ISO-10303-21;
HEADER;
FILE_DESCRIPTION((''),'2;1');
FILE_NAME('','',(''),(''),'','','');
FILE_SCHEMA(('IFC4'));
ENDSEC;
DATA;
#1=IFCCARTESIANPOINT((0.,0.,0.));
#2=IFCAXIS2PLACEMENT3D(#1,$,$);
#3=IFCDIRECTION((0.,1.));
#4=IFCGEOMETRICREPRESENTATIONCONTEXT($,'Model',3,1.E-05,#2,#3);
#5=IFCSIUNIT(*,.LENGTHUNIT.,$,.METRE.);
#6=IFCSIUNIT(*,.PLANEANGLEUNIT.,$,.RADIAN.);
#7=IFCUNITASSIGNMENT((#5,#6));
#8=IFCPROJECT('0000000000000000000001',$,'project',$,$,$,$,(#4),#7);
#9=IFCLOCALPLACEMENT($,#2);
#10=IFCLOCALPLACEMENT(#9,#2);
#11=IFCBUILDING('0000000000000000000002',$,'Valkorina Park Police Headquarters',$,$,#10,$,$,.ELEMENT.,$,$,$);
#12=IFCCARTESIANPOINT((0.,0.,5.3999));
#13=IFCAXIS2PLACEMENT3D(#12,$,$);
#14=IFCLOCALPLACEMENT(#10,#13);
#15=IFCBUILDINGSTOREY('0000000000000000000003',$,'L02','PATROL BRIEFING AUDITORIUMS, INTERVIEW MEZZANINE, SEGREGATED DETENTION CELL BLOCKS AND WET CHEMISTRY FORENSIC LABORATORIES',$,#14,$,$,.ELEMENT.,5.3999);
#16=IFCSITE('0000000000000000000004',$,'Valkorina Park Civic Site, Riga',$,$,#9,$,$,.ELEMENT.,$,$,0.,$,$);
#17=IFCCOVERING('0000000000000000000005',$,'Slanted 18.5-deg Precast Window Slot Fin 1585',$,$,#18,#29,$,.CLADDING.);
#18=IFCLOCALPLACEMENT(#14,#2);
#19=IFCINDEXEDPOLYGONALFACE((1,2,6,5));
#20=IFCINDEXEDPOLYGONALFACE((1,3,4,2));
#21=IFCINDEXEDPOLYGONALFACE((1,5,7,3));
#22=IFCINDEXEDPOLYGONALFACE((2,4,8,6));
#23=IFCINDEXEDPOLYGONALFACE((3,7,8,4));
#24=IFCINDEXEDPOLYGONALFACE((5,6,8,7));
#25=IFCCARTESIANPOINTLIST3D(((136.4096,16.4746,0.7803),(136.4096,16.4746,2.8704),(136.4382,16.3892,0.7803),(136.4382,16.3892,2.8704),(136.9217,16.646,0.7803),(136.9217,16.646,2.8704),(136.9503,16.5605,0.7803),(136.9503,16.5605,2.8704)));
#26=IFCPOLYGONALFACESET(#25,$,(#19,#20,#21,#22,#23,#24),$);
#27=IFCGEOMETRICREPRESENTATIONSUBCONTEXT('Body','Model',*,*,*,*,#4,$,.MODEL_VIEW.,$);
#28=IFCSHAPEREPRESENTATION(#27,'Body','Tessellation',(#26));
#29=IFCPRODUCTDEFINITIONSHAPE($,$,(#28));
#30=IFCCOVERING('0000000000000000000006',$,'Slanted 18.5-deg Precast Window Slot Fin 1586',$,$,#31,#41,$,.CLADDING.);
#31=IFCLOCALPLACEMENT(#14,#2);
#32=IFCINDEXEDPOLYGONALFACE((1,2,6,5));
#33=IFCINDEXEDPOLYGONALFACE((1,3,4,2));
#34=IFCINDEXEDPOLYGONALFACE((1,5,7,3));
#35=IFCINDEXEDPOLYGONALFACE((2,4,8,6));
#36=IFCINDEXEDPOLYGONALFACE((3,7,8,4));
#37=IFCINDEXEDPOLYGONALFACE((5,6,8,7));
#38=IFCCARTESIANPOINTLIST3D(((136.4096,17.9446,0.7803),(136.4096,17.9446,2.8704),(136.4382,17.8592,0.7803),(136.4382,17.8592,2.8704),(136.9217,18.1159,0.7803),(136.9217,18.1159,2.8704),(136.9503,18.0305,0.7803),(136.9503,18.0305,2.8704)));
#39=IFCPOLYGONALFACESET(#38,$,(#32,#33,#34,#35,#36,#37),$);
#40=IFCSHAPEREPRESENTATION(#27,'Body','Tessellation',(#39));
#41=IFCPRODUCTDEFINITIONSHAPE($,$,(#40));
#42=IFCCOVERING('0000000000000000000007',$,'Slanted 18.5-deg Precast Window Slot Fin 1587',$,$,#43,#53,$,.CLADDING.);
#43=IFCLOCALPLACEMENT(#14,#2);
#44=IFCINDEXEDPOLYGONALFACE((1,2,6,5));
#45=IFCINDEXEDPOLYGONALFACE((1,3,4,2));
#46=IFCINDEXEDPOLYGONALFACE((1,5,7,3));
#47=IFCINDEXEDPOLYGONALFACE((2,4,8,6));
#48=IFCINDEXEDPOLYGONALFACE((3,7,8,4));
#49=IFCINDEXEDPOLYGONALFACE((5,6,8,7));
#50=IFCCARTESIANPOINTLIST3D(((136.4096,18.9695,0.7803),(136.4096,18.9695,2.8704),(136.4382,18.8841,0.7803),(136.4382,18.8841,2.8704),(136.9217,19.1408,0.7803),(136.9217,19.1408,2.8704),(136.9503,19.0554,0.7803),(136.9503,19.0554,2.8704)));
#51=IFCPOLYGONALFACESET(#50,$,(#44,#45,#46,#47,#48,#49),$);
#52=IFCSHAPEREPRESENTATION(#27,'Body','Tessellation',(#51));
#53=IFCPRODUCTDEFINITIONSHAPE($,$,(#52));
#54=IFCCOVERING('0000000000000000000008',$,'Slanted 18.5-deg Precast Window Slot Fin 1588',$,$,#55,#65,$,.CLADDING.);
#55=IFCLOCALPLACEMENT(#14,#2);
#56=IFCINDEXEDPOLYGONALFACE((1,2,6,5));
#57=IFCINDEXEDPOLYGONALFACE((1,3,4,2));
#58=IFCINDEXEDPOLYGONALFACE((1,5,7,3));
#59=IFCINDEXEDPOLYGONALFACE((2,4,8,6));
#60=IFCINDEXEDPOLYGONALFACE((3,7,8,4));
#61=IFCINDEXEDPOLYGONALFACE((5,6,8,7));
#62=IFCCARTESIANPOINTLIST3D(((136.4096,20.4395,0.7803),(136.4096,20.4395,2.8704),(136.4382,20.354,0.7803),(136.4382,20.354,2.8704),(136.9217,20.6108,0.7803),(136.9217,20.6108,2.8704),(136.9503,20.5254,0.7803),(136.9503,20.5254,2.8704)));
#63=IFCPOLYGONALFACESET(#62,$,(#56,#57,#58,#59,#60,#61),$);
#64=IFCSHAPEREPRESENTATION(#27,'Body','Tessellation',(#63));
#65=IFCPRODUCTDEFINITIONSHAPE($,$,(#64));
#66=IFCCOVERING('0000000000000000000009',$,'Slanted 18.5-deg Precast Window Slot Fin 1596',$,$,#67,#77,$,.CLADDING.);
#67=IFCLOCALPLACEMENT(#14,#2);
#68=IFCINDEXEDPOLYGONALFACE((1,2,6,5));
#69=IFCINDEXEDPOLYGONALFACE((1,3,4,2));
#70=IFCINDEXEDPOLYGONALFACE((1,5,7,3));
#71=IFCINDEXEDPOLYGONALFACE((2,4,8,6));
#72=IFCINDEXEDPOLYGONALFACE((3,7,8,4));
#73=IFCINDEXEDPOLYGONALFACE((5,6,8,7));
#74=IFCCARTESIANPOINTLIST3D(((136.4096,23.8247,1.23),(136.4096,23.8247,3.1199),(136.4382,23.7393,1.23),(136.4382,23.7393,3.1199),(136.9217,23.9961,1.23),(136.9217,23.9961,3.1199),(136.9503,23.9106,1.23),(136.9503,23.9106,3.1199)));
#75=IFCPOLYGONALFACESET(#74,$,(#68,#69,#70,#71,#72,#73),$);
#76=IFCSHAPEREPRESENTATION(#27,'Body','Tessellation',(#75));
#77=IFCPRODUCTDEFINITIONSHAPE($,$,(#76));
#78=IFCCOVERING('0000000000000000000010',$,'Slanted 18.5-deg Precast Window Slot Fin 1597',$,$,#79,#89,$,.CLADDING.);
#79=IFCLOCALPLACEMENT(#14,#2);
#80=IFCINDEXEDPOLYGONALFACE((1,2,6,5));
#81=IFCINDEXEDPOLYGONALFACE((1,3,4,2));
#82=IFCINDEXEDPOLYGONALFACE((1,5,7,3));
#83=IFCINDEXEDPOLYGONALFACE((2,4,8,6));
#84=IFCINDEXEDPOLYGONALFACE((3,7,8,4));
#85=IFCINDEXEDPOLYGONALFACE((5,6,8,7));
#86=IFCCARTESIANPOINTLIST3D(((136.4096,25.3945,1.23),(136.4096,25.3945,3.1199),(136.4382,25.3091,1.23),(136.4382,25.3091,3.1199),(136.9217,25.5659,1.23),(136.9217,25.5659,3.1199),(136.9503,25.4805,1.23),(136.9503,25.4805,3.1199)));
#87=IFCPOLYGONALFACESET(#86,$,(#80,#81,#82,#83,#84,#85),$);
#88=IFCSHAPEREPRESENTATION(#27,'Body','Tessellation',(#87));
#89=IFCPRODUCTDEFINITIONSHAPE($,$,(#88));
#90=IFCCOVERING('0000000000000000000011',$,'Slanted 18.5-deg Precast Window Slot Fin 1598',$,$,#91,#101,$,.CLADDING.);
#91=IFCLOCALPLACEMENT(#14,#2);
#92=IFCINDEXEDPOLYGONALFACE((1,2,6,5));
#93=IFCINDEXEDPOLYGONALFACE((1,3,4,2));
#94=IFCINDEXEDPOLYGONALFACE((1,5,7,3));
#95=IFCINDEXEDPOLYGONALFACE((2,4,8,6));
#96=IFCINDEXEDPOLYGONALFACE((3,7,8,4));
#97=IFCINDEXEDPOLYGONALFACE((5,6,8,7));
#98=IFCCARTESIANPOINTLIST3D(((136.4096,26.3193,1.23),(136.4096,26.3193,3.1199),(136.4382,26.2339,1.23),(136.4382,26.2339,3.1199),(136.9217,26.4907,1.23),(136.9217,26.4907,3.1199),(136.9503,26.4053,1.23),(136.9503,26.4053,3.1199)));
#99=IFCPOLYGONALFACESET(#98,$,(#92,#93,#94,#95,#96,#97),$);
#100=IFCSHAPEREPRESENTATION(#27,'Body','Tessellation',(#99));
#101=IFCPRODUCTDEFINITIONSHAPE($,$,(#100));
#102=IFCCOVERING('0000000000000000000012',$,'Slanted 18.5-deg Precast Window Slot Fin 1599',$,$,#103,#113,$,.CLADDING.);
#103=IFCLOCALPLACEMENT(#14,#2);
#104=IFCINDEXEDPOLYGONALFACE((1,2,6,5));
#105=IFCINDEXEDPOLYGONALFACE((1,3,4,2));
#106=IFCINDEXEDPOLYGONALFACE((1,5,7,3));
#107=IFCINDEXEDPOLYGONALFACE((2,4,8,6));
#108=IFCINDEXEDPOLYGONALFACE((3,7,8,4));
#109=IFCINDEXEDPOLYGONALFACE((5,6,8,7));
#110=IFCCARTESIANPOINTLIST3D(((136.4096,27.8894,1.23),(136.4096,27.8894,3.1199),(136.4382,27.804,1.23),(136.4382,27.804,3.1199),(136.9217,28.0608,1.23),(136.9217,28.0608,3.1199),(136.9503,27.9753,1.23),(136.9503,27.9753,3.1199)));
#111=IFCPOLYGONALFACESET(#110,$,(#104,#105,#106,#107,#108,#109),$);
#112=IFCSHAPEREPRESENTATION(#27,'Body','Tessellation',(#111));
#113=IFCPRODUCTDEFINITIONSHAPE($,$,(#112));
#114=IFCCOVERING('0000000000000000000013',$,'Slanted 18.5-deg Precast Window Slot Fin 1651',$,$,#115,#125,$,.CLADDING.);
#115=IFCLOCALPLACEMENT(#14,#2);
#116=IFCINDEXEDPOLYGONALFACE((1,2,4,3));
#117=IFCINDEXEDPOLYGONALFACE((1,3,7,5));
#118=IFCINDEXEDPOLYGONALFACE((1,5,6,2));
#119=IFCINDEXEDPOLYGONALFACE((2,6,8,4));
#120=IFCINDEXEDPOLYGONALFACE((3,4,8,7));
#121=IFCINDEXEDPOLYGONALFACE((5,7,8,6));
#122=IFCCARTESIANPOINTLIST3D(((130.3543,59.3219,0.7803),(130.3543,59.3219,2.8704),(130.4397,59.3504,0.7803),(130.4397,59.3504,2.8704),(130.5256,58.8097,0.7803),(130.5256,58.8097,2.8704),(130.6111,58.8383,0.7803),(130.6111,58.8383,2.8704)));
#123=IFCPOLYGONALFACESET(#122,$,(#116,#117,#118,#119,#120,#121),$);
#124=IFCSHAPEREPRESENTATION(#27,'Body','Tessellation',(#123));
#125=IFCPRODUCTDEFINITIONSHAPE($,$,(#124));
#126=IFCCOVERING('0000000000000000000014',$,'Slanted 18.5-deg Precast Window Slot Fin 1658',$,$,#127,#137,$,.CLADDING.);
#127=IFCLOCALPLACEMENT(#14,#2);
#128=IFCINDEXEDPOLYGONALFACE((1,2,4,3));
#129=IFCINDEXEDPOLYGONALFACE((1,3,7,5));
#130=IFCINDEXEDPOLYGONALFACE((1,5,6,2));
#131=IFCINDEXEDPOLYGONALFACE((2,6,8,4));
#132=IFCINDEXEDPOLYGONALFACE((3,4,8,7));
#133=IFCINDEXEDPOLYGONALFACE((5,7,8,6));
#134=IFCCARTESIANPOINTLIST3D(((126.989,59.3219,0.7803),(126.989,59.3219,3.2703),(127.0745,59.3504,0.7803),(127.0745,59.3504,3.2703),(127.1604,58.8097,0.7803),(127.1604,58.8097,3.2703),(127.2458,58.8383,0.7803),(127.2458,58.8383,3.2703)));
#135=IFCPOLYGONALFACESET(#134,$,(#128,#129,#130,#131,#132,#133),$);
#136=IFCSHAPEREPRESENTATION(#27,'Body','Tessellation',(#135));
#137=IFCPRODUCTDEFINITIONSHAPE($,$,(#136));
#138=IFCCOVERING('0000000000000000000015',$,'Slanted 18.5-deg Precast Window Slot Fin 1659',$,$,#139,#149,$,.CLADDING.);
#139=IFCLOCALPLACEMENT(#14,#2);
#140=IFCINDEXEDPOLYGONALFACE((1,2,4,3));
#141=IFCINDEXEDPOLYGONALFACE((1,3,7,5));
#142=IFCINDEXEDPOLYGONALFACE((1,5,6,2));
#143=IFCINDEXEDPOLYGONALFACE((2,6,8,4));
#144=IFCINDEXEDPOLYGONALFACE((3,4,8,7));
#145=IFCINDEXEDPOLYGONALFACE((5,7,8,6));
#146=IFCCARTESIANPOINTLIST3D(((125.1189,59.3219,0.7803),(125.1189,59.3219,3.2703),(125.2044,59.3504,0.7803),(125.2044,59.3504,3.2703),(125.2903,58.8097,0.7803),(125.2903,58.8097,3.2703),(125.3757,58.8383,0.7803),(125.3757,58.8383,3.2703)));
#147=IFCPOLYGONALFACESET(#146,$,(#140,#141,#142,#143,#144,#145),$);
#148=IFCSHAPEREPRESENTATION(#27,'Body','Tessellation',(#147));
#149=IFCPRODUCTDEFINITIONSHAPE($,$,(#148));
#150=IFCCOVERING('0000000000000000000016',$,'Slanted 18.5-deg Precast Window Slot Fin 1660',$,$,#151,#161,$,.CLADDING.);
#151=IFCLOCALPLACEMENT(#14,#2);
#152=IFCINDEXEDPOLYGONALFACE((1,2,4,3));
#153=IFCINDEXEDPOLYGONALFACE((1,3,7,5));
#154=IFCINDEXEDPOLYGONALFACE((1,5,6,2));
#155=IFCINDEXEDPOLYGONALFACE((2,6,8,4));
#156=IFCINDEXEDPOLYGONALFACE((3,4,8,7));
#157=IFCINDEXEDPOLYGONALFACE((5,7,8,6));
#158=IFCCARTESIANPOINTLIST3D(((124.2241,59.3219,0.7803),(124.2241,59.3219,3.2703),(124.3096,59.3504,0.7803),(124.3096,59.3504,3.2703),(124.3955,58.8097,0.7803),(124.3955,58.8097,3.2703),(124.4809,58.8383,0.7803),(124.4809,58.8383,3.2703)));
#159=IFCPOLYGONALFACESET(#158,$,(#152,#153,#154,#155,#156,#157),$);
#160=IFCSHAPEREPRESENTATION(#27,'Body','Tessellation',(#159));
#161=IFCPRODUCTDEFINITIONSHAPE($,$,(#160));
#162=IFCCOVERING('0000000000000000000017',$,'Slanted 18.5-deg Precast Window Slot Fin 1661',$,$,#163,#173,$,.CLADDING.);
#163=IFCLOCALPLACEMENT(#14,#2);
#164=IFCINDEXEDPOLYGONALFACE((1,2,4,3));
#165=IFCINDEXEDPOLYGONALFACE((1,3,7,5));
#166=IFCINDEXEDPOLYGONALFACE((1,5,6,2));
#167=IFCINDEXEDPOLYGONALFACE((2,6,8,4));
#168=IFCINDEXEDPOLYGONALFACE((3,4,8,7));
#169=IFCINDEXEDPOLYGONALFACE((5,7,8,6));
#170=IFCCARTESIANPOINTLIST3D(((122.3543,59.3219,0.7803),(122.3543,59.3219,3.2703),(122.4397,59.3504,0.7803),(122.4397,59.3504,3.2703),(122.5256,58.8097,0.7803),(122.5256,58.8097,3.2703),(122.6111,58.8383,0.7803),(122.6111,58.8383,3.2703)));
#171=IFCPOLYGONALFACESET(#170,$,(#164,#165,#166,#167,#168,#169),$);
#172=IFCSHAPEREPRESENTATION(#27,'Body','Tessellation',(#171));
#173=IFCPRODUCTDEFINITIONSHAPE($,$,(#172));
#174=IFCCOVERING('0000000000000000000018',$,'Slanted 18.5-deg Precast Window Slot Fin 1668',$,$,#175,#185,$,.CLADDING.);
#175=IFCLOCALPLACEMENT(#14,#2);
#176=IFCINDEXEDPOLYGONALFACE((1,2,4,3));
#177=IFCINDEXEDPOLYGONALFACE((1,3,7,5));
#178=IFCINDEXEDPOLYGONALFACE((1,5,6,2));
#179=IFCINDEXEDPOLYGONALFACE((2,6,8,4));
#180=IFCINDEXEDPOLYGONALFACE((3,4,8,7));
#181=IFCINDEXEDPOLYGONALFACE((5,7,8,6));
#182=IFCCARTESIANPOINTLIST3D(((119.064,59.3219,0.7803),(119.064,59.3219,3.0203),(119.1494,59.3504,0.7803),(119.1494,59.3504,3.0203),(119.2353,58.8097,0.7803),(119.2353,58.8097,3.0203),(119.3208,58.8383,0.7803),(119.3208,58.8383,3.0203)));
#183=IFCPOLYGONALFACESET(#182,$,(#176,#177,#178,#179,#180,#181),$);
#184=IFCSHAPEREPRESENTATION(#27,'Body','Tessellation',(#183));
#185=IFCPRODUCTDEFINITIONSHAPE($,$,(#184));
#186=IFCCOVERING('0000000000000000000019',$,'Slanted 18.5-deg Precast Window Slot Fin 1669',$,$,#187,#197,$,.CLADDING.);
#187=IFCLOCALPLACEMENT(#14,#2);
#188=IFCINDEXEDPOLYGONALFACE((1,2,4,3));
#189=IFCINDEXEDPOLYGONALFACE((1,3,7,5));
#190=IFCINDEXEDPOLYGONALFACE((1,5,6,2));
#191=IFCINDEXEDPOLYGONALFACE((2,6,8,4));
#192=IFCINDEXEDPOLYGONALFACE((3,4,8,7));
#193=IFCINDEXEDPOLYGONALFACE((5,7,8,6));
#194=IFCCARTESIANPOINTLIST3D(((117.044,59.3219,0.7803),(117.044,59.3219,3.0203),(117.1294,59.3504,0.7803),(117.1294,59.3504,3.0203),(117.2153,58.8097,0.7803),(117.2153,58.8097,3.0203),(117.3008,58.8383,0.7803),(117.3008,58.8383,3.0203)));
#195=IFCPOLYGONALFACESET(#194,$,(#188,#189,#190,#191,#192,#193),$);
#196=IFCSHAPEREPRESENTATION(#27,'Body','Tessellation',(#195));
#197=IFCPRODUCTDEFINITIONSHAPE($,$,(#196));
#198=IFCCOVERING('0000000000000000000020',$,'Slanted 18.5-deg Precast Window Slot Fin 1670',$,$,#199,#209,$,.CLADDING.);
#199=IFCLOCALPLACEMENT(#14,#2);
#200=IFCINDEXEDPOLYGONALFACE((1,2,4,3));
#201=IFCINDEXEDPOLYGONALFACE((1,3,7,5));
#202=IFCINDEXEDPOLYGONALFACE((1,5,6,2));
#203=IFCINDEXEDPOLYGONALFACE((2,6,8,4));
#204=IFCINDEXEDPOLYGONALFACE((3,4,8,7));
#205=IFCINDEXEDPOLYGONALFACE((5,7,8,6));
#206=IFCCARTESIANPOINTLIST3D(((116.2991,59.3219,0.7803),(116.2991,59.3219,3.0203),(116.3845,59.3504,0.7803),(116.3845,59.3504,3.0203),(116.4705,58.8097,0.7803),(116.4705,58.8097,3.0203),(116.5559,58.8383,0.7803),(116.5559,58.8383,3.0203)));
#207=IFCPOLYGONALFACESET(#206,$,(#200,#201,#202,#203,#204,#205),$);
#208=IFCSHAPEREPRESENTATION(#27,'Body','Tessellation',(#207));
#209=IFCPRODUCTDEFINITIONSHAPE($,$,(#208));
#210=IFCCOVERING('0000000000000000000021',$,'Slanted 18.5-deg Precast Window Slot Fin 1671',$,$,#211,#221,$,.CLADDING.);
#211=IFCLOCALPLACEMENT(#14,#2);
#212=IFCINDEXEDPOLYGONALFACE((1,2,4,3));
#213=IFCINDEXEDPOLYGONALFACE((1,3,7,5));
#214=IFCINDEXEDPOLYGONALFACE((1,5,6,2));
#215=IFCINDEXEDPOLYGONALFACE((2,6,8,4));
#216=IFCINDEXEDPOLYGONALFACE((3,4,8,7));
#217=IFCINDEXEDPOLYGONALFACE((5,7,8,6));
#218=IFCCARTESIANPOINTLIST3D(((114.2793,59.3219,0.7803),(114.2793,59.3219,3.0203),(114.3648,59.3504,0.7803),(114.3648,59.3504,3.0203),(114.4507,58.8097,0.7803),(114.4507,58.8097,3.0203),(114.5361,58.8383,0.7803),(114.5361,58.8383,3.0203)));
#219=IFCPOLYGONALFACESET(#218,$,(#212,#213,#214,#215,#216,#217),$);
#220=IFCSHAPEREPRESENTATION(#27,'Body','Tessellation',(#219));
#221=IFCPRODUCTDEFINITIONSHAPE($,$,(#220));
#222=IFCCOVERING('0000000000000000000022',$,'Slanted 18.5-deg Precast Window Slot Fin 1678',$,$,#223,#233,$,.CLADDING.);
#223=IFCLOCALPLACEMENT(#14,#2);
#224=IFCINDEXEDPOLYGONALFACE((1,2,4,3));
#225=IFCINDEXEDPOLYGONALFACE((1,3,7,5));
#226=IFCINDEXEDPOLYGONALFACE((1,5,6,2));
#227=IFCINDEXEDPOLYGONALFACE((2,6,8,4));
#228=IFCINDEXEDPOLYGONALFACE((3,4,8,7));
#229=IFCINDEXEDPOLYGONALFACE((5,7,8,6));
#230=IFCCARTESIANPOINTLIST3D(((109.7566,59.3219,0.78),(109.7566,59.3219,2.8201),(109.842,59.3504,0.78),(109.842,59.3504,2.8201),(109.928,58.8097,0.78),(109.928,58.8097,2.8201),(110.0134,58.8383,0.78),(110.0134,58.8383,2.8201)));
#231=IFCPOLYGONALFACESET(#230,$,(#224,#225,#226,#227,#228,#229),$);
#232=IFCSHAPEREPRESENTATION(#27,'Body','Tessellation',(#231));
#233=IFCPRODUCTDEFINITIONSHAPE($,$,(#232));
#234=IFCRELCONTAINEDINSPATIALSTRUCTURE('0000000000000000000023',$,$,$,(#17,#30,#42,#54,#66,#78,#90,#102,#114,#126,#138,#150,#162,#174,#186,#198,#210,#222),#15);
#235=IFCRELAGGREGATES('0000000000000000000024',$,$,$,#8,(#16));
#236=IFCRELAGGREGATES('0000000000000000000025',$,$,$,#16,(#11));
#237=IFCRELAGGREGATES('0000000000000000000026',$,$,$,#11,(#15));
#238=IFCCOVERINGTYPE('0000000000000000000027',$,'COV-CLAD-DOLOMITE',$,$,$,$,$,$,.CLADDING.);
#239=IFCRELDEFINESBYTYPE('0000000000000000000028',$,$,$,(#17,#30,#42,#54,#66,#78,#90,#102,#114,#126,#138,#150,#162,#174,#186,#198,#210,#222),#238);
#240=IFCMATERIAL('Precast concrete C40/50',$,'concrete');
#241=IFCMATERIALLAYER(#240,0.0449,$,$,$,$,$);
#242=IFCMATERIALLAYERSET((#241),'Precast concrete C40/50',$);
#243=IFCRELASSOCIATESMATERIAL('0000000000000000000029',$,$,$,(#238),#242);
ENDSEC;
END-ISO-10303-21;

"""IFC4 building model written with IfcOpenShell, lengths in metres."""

from ifc_helpers import new_model, si_unit, direction, frame, origin, origin_2d, place, context, subcontext, project, spatial, rectangle, extrude, material, layer, layer_set, type_object, element, save


model = new_model("IFC4")

# Units and contexts
model_context = context("Model", 3, precision=1e-05, world=origin(), true_north=direction((0.0, 1.0)))
body_context = subcontext(model_context, "Body", "Model", "MODEL_VIEW")
ifc_project = project(units=[si_unit("LENGTHUNIT", "METRE"), si_unit("PLANEANGLEUNIT", "RADIAN")], contexts=[model_context])

# Site, building, storey
site_placement = place(None, origin())
site = spatial("IfcSite", under=ifc_project, at=site_placement, Name="Valkorina Park Civic Site, Riga", CompositionType="ELEMENT", RefElevation=0.0)
building_placement = place(site_placement, origin())
building = spatial("IfcBuilding", under=site, at=building_placement, Name="Valkorina Park Police Headquarters", CompositionType="ELEMENT")
storey_placement = place(building_placement, frame((0.0, 0.0, 5.3999)))
storey = spatial("IfcBuildingStorey", under=building, at=storey_placement, Name="L02", Description="PATROL BRIEFING AUDITORIUMS, INTERVIEW MEZZANINE, SEGREGATED DETENTION CELL BLOCKS AND WET CHEMISTRY FORENSIC LABORATORIES", CompositionType="ELEMENT", Elevation=5.3999)

# Coverings
ifc_material_1 = material(Name="Precast concrete C40/50", Category="concrete")
ifc_layer = layer(ifc_material_1, 0.0449)
ifc_layer_set = layer_set([ifc_layer], Name="Precast concrete C40/50")
covering_type = type_object("IfcCoveringType", Name="COV-CLAD-DOLOMITE", PredefinedType="CLADDING", material=ifc_layer_set)
for number, where, z_axis, x_axis, name in (
    (1, (136.6799, 16.5176, 0.7803), (0.0, 0.0, 1.0), (-0.948324, -0.317305, 0.0), "Slanted 18.5-deg Precast Window Slot Fin 1585"),
    (2, (136.6799, 17.9875, 0.7803), (0.0, 0.0, 1.0), (-0.948324, -0.317305, 0.0), "Slanted 18.5-deg Precast Window Slot Fin 1586"),
    (3, (136.6799, 19.0125, 0.7803), (0.0, 0.0, 1.0), (-0.948324, -0.317305, 0.0), "Slanted 18.5-deg Precast Window Slot Fin 1587"),
    (4, (136.6799, 20.4824, 0.7803), (0.0, 0.0, 1.0), (-0.948324, -0.317305, 0.0), "Slanted 18.5-deg Precast Window Slot Fin 1588"),
):
    element("IfcCovering", number, at=place(storey_placement, frame(where, z_axis=z_axis, x_axis=x_axis)), inside=storey, type_object=covering_type, Name=name, PredefinedType="CLADDING", context=body_context, shape_type="SweptSolid", body=[
        extrude(rectangle(XDim=0.54, YDim=0.0901, at=origin_2d()), origin(), (0.0, 0.0, 1.0), 2.0901),
    ])
for number, where, z_axis, x_axis, name in (
    (5, (136.6799, 23.8677, 1.23), (0.0, 0.0, 1.0), (-0.948324, -0.317305, 0.0), "Slanted 18.5-deg Precast Window Slot Fin 1596"),
    (6, (136.6799, 25.4375, 1.23), (0.0, 0.0, 1.0), (-0.948324, -0.317305, 0.0), "Slanted 18.5-deg Precast Window Slot Fin 1597"),
    (7, (136.6799, 26.3623, 1.23), (0.0, 0.0, 1.0), (-0.948324, -0.317305, 0.0), "Slanted 18.5-deg Precast Window Slot Fin 1598"),
    (8, (136.6799, 27.9324, 1.23), (0.0, 0.0, 1.0), (-0.948324, -0.317305, 0.0), "Slanted 18.5-deg Precast Window Slot Fin 1599"),
):
    element("IfcCovering", number, at=place(storey_placement, frame(where, z_axis=z_axis, x_axis=x_axis)), inside=storey, type_object=covering_type, Name=name, PredefinedType="CLADDING", context=body_context, shape_type="SweptSolid", body=[
        extrude(rectangle(XDim=0.54, YDim=0.0901, at=origin_2d()), origin(), (0.0, 0.0, 1.0), 1.8899),
    ])
covering_placement = place(storey_placement, frame((130.4827, 59.0801, 0.7803), z_axis=(0.0, 0.0, 1.0), x_axis=(0.317305, -0.948324, 0.0)))
element("IfcCovering", 9, at=covering_placement, inside=storey, type_object=covering_type, Name="Slanted 18.5-deg Precast Window Slot Fin 1651", PredefinedType="CLADDING", context=body_context, shape_type="SweptSolid", body=[
    extrude(rectangle(XDim=0.54, YDim=0.0901, at=origin_2d()), origin(), (0.0, 0.0, 1.0), 2.0901),
])
for number, where, z_axis, x_axis, name in (
    (10, (127.1174, 59.0801, 0.7803), (0.0, 0.0, 1.0), (0.317305, -0.948324, 0.0), "Slanted 18.5-deg Precast Window Slot Fin 1658"),
    (11, (125.2473, 59.0801, 0.7803), (0.0, 0.0, 1.0), (0.317305, -0.948324, 0.0), "Slanted 18.5-deg Precast Window Slot Fin 1659"),
    (12, (124.3525, 59.0801, 0.7803), (0.0, 0.0, 1.0), (0.317305, -0.948324, 0.0), "Slanted 18.5-deg Precast Window Slot Fin 1660"),
    (13, (122.4827, 59.0801, 0.7803), (0.0, 0.0, 1.0), (0.317305, -0.948324, 0.0), "Slanted 18.5-deg Precast Window Slot Fin 1661"),
):
    element("IfcCovering", number, at=place(storey_placement, frame(where, z_axis=z_axis, x_axis=x_axis)), inside=storey, type_object=covering_type, Name=name, PredefinedType="CLADDING", context=body_context, shape_type="SweptSolid", body=[
        extrude(rectangle(XDim=0.54, YDim=0.0901, at=origin_2d()), origin(), (0.0, 0.0, 1.0), 2.49),
    ])
for number, where, z_axis, x_axis, name in (
    (14, (119.1924, 59.0801, 0.7803), (0.0, 0.0, 1.0), (0.317305, -0.948324, 0.0), "Slanted 18.5-deg Precast Window Slot Fin 1668"),
    (15, (117.1724, 59.0801, 0.7803), (0.0, 0.0, 1.0), (0.317305, -0.948324, 0.0), "Slanted 18.5-deg Precast Window Slot Fin 1669"),
    (16, (116.4275, 59.0801, 0.7803), (0.0, 0.0, 1.0), (0.317305, -0.948324, 0.0), "Slanted 18.5-deg Precast Window Slot Fin 1670"),
    (17, (114.4077, 59.0801, 0.7803), (0.0, 0.0, 1.0), (0.317305, -0.948324, 0.0), "Slanted 18.5-deg Precast Window Slot Fin 1671"),
):
    element("IfcCovering", number, at=place(storey_placement, frame(where, z_axis=z_axis, x_axis=x_axis)), inside=storey, type_object=covering_type, Name=name, PredefinedType="CLADDING", context=body_context, shape_type="SweptSolid", body=[
        extrude(rectangle(XDim=0.54, YDim=0.0901, at=origin_2d()), origin(), (0.0, 0.0, 1.0), 2.24),
    ])
for number, where, z_axis, x_axis, name in (
    (18, (109.885, 59.0801, 0.78), (0.0, 0.0, 1.0), (0.317305, -0.948324, 0.0), "Slanted 18.5-deg Precast Window Slot Fin 1678"),
):
    element("IfcCovering", number, at=place(storey_placement, frame(where, z_axis=z_axis, x_axis=x_axis)), inside=storey, type_object=covering_type, Name=name, PredefinedType="CLADDING", context=body_context, shape_type="SweptSolid", body=[
        extrude(rectangle(XDim=0.54, YDim=0.0901, at=origin_2d()), origin(), (0.0, 0.0, 1.0), 2.04),
    ])

save(model, "model.ifc")
